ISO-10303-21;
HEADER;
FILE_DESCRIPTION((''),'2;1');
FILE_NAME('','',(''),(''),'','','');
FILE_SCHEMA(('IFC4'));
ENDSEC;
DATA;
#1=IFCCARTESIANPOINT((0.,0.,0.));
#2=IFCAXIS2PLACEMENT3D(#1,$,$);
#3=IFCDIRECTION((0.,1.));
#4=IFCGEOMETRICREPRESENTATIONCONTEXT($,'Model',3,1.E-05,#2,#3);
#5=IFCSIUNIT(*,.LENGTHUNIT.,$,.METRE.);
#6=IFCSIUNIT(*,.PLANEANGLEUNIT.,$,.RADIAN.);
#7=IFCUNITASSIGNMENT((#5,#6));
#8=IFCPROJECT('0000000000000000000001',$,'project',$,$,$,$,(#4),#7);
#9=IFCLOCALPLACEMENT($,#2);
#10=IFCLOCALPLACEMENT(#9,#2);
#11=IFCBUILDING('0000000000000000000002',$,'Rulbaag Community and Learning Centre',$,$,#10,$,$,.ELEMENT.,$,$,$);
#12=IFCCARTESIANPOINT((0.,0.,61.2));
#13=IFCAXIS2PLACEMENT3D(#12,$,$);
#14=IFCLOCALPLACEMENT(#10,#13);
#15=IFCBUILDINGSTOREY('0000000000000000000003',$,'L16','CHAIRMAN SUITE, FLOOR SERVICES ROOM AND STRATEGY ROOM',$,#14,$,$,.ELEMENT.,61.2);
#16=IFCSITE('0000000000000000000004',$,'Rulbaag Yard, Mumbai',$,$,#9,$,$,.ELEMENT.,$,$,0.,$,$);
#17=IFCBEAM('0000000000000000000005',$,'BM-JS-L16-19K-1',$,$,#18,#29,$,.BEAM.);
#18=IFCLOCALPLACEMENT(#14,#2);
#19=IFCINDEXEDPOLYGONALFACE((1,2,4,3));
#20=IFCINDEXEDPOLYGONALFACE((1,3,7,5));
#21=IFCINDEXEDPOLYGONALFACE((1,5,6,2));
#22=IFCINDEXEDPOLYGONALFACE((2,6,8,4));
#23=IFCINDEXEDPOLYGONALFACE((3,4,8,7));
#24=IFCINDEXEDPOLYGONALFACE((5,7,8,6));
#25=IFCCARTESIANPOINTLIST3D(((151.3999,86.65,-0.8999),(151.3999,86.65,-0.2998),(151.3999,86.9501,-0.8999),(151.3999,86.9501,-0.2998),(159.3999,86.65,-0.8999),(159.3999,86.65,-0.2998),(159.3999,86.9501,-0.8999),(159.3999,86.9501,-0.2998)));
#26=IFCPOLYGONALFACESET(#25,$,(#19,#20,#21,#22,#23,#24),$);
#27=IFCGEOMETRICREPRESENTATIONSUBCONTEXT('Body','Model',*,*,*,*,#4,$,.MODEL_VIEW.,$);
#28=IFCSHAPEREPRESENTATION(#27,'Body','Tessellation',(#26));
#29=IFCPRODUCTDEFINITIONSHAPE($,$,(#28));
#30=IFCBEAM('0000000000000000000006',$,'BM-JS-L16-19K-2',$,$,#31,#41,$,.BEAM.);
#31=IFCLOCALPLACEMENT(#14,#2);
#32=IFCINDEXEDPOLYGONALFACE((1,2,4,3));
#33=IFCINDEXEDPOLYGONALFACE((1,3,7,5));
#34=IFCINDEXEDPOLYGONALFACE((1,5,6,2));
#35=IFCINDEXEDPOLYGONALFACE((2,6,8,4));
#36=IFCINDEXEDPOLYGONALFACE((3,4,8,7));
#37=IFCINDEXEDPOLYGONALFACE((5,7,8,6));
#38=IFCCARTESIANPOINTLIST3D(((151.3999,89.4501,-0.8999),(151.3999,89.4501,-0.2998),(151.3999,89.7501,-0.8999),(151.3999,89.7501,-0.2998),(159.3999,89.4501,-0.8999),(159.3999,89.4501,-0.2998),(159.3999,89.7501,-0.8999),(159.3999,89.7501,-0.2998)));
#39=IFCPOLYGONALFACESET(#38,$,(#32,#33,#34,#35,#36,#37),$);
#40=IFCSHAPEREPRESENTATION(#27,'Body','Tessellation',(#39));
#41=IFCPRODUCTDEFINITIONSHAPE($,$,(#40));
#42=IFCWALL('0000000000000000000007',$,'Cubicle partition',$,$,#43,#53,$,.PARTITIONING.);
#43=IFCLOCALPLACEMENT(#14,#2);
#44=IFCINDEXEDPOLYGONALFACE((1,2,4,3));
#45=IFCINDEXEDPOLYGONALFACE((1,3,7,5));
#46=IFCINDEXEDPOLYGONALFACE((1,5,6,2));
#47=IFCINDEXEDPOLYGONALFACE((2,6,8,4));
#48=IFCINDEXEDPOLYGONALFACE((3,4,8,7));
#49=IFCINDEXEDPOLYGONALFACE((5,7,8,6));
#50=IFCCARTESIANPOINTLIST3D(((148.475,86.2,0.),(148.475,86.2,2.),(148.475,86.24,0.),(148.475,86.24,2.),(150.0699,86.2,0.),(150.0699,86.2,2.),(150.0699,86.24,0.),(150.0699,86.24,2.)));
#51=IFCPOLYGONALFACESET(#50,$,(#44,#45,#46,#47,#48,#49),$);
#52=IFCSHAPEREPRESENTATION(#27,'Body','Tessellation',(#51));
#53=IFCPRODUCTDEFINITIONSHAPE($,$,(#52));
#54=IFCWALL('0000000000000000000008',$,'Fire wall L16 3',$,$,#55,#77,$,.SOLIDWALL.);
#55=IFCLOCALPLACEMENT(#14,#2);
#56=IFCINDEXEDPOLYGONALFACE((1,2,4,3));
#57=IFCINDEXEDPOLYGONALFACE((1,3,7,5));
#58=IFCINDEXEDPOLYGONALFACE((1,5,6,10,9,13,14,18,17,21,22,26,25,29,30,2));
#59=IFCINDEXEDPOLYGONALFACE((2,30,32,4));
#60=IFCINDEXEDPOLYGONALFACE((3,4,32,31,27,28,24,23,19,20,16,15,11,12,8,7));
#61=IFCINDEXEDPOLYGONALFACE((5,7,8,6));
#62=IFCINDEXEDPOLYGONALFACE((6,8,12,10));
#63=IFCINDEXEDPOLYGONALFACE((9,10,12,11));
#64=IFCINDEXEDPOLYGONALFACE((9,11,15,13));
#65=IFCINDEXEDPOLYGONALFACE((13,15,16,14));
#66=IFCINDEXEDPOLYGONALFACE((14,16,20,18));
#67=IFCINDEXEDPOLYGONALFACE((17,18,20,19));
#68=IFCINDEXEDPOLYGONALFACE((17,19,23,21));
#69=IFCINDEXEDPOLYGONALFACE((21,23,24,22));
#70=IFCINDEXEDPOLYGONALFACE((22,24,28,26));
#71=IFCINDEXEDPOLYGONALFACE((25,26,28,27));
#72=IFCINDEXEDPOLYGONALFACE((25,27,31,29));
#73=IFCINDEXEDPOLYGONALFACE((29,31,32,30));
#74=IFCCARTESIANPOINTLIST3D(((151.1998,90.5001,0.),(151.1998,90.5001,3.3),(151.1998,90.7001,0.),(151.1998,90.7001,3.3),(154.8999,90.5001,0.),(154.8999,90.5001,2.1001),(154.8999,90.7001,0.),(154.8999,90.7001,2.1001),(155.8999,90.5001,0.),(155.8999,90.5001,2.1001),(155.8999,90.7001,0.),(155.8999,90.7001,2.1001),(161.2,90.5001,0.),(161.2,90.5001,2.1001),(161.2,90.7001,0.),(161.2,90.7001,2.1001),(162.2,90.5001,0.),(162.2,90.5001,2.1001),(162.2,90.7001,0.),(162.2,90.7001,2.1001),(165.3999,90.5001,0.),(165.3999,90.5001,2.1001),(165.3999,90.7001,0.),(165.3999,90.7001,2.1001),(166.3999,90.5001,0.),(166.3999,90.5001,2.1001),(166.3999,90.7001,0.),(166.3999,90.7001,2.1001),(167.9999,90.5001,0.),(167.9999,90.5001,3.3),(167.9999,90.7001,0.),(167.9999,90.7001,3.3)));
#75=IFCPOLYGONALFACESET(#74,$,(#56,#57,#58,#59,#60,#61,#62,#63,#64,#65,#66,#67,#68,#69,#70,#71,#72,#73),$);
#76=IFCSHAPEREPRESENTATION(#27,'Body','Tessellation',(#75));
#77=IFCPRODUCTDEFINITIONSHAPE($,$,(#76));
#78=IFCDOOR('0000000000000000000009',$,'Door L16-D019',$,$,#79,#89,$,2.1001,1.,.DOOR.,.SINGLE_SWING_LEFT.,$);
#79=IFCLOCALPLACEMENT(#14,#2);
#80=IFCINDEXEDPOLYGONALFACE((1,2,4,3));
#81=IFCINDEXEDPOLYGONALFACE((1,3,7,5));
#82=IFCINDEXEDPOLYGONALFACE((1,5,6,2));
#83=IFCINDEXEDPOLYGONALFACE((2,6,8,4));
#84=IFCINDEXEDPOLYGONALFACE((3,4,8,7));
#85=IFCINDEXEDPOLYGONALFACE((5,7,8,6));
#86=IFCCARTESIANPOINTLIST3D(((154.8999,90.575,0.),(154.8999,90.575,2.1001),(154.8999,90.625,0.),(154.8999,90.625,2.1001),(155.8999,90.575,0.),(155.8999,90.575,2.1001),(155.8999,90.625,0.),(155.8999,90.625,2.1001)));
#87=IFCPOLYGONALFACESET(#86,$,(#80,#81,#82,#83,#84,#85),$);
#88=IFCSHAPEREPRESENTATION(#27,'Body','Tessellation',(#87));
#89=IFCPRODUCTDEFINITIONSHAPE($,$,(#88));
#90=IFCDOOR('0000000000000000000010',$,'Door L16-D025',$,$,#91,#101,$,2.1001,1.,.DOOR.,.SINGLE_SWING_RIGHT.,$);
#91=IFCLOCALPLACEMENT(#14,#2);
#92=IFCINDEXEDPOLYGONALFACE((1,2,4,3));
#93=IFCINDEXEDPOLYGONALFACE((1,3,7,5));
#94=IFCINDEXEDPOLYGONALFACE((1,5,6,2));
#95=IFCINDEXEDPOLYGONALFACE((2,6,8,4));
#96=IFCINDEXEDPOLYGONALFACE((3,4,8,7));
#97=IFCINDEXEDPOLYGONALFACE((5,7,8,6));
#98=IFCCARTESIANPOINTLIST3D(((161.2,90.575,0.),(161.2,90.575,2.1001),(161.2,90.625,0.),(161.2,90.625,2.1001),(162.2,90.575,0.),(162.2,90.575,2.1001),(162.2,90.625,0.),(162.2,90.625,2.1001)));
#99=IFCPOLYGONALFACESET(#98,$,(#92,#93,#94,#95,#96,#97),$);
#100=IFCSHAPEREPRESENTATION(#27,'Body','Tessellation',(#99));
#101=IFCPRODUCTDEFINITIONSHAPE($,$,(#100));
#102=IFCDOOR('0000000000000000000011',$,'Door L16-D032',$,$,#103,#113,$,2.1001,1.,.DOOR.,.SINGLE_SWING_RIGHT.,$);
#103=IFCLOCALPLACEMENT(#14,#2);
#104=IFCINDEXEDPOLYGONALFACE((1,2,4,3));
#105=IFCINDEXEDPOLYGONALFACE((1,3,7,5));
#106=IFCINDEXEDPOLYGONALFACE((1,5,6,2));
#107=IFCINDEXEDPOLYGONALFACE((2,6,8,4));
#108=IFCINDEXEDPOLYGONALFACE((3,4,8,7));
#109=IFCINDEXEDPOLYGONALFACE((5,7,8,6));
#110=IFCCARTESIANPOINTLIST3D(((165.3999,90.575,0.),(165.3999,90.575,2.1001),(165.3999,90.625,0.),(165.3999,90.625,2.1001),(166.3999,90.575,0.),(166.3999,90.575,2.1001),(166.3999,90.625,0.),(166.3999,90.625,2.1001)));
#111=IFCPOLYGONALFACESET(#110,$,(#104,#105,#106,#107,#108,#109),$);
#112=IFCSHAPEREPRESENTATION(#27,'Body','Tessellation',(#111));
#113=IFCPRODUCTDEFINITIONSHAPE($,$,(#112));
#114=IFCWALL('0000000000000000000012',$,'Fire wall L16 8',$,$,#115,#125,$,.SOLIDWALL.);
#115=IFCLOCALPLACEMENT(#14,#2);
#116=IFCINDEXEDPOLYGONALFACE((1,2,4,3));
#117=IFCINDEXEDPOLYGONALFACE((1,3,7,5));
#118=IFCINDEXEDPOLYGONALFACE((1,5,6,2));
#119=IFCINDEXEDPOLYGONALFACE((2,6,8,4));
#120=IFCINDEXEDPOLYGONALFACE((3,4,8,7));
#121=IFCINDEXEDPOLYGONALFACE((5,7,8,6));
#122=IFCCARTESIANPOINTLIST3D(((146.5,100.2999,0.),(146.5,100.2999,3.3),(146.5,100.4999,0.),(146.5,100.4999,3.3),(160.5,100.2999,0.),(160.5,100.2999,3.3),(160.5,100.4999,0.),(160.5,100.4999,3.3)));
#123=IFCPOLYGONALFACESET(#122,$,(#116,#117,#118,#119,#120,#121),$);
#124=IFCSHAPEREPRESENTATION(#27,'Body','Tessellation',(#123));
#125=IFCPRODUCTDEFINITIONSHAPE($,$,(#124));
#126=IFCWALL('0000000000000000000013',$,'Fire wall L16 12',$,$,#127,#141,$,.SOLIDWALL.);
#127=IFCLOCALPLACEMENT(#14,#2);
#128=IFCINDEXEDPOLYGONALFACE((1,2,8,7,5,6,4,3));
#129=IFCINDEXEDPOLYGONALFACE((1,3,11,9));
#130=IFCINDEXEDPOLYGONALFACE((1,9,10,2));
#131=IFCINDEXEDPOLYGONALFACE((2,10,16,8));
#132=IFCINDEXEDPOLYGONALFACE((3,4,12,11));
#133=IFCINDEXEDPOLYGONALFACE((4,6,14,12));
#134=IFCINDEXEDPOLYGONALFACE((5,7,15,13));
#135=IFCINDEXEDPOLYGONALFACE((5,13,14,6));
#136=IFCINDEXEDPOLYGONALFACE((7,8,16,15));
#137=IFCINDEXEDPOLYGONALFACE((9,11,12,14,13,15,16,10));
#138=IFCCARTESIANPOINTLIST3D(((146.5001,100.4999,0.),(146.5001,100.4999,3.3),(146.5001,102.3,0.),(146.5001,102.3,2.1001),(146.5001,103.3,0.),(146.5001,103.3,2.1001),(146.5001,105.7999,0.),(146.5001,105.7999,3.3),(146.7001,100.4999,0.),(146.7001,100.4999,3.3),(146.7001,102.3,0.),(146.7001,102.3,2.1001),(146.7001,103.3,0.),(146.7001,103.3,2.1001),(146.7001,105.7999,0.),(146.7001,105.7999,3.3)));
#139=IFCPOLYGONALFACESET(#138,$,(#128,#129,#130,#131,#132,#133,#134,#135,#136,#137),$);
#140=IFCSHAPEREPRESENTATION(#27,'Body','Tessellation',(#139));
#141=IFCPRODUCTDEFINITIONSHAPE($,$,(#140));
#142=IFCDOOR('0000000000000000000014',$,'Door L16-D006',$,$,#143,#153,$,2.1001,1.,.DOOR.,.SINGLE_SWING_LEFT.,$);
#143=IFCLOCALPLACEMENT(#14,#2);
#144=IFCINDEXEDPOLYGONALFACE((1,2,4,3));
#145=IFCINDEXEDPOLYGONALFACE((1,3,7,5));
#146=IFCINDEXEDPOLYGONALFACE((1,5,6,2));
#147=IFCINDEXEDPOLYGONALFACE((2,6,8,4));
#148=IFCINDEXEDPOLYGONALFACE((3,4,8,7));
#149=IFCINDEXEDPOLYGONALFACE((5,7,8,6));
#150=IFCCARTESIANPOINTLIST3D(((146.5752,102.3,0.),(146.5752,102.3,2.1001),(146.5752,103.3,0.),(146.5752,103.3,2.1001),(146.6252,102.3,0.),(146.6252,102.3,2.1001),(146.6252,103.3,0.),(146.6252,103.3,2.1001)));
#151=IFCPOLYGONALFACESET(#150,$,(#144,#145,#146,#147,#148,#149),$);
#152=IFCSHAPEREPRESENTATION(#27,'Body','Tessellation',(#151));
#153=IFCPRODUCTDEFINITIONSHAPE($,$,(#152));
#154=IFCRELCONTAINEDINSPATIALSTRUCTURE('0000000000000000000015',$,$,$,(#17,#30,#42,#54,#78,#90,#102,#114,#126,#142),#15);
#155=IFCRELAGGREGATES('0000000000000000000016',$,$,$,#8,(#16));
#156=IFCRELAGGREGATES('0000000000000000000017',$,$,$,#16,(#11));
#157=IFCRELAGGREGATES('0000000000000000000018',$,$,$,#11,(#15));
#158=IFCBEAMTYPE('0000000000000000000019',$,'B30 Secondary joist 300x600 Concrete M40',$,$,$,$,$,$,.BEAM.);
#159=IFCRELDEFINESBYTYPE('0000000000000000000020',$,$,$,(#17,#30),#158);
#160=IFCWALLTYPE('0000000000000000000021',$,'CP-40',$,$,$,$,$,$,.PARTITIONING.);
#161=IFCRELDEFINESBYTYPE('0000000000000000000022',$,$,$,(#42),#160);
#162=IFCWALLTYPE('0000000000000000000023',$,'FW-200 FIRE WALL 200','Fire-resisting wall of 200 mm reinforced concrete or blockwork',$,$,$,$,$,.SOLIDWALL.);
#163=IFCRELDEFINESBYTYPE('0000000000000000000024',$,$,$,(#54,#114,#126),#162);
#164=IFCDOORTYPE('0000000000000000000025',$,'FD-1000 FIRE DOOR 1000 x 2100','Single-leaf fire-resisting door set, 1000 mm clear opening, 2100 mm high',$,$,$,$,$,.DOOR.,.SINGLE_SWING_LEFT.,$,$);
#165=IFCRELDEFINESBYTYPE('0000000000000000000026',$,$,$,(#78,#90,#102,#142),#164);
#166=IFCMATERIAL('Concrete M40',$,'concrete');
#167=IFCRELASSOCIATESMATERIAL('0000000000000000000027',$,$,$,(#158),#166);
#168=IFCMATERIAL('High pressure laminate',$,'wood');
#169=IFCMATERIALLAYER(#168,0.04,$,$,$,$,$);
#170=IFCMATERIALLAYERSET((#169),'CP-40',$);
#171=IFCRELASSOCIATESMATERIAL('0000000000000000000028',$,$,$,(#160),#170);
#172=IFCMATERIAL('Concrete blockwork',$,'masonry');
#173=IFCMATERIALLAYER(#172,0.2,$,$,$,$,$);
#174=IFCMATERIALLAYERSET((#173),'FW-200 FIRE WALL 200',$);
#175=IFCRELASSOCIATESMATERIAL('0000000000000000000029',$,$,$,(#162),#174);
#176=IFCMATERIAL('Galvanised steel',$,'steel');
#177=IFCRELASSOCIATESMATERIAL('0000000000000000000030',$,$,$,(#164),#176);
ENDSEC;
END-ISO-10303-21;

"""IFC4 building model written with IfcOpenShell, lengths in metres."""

from ifc_helpers import new_model, si_unit, direction, frame, frame_2d, origin, origin_2d, place, context, subcontext, project, spatial, rectangle, extrude, material, layer, layer_set, material_profile, profile_set, type_object, element, fill, save


model = new_model("IFC4")

# Units and contexts
model_context = context("Model", 3, precision=1e-05, world=origin(), true_north=direction((0.0, 1.0)))
body_context = subcontext(model_context, "Body", "Model", "MODEL_VIEW")
ifc_project = project(units=[si_unit("LENGTHUNIT", "METRE"), si_unit("PLANEANGLEUNIT", "RADIAN")], contexts=[model_context])

# Site, building, storey
site_placement = place(None, origin())
site = spatial("IfcSite", under=ifc_project, at=site_placement, Name="Rulbaag Yard, Mumbai", CompositionType="ELEMENT", RefElevation=0.0)
building_placement = place(site_placement, origin())
building = spatial("IfcBuilding", under=site, at=building_placement, Name="Rulbaag Community and Learning Centre", CompositionType="ELEMENT")
storey_placement = place(building_placement, frame((0.0, 0.0, 61.2)))
storey = spatial("IfcBuildingStorey", under=building, at=storey_placement, Name="L16", Description="CHAIRMAN SUITE, FLOOR SERVICES ROOM AND STRATEGY ROOM", CompositionType="ELEMENT", Elevation=61.2)

# Beams
ifc_material_1 = material(Name="Concrete M40", Category="concrete")
ifc_material_profile = material_profile(ifc_material_1, rectangle(XDim=0.3, YDim=0.6001, at=origin_2d()), Name="RB300x600")
ifc_profile_set = profile_set([ifc_material_profile], Name="Concrete M40")
beam_type = type_object("IfcBeamType", Name="B30 Secondary joist 300x600 Concrete M40", PredefinedType="BEAM", material=ifc_profile_set)
for number, where, z_axis, x_axis, name in (
    (1, (151.3999, 86.8, -0.5999), (1.0, 0.0, 0.0), (0.0, 1.0, 0.0), "BM-JS-L16-19K-1"),
    (2, (151.3999, 89.6001, -0.5999), (1.0, 0.0, 0.0), (0.0, 1.0, 0.0), "BM-JS-L16-19K-2"),
):
    element("IfcBeam", number, at=place(storey_placement, frame(where, z_axis=z_axis, x_axis=x_axis)), inside=storey, type_object=beam_type, Name=name, PredefinedType="BEAM", context=body_context, shape_type="SweptSolid", body=[
        extrude(rectangle(XDim=0.3, YDim=0.6001, at=origin_2d()), origin(), (0.0, 0.0, 1.0), 8.0),
    ])

# Wall
ifc_material_2 = material(Name="High pressure laminate", Category="wood")
ifc_layer_1 = layer(ifc_material_2, 0.04)
ifc_layer_set_1 = layer_set([ifc_layer_1], Name="CP-40")
wall_type_1 = type_object("IfcWallType", Name="CP-40", PredefinedType="PARTITIONING", material=ifc_layer_set_1)
wall_1_placement = place(storey_placement, frame((148.4751, 86.22, 0.0), z_axis=(0.0, 0.0, 1.0), x_axis=(1.0, 0.0, 0.0)))
element("IfcWall", 3, at=wall_1_placement, inside=storey, type_object=wall_type_1, Name="Cubicle partition", PredefinedType="PARTITIONING", context=body_context, shape_type="SweptSolid", body=[
    extrude(rectangle(XDim=1.595, YDim=0.04, at=frame_2d((0.7974, 0.0))), origin(), (0.0, 0.0, 1.0), 2.0),
])

# Wall, openings, doors
ifc_material_3 = material(Name="Concrete blockwork", Category="masonry")
ifc_layer_2 = layer(ifc_material_3, 0.2)
ifc_layer_set_2 = layer_set([ifc_layer_2], Name="FW-200 FIRE WALL 200")
wall_type_2 = type_object("IfcWallType", Name="FW-200 FIRE WALL 200", Description="Fire-resisting wall of 200 mm reinforced concrete or blockwork", PredefinedType="SOLIDWALL", material=ifc_layer_set_2)
wall_2_placement = place(storey_placement, frame((151.2, 90.6001, 0.0), z_axis=(0.0, 0.0, 1.0), x_axis=(1.0, 0.0, 0.0)))
wall_2 = element("IfcWall", 4, at=wall_2_placement, inside=storey, type_object=wall_type_2, Name="Fire wall L16 3", PredefinedType="SOLIDWALL", context=body_context, shape_type="SweptSolid", body=[
    extrude(rectangle(XDim=16.8, YDim=0.2, at=frame_2d((8.3999, 0.0))), origin(), (0.0, 0.0, 1.0), 3.3),
])
opening_1_placement = place(wall_2_placement, frame((3.7, 0.0, 0.0)))
opening_1 = element("IfcOpeningElement", 5, at=opening_1_placement, cuts=wall_2, PredefinedType="OPENING", context=body_context, shape_type="SweptSolid", body=[
    extrude(rectangle(XDim=1.0, YDim=2.1001, at=frame_2d((0.5, 1.05))), frame((0.0, 0.1099, 0.0), z_axis=(0.0, -1.0, 0.0), x_axis=(1.0, 0.0, 0.0)), (0.0, 0.0, 1.0), 0.22),
])
opening_2_placement = place(wall_2_placement, frame((10.0, 0.0, 0.0)))
opening_2 = element("IfcOpeningElement", 6, at=opening_2_placement, cuts=wall_2, PredefinedType="OPENING", context=body_context, shape_type="SweptSolid", body=[
    extrude(rectangle(XDim=1.0, YDim=2.1001, at=frame_2d((0.5, 1.05))), frame((0.0, 0.1099, 0.0), z_axis=(0.0, -1.0, 0.0), x_axis=(1.0, 0.0, 0.0)), (0.0, 0.0, 1.0), 0.22),
])
opening_3_placement = place(wall_2_placement, frame((14.2, 0.0, 0.0)))
opening_3 = element("IfcOpeningElement", 7, at=opening_3_placement, cuts=wall_2, PredefinedType="OPENING", context=body_context, shape_type="SweptSolid", body=[
    extrude(rectangle(XDim=1.0, YDim=2.1001, at=frame_2d((0.5, 1.05))), frame((0.0, 0.1099, 0.0), z_axis=(0.0, -1.0, 0.0), x_axis=(1.0, 0.0, 0.0)), (0.0, 0.0, 1.0), 0.22),
])
ifc_material_4 = material(Name="Galvanised steel", Category="steel")
door_type_1 = type_object("IfcDoorType", Name="FD-1000 FIRE DOOR 1000 x 2100", Description="Single-leaf fire-resisting door set, 1000 mm clear opening, 2100 mm high", OperationType="SINGLE_SWING_LEFT", PredefinedType="DOOR", material=ifc_material_4)
door_1_placement = place(opening_1_placement, origin())
door_1 = element("IfcDoor", 8, at=door_1_placement, inside=storey, type_object=door_type_1, Name="Door L16-D019", OperationType="SINGLE_SWING_LEFT", OverallHeight=2.1001, OverallWidth=1.0, PredefinedType="DOOR", context=body_context, shape_type="SweptSolid", body=[
    extrude(rectangle(XDim=1.0, YDim=2.1001, at=frame_2d((0.5, 1.05))), frame((0.0, 0.0249, 0.0), z_axis=(0.0, -1.0, 0.0), x_axis=(1.0, 0.0, 0.0)), (0.0, 0.0, 1.0), 0.05),
])
fill(opening_1, door_1)
door_2_placement = place(opening_2_placement, origin())
door_2 = element("IfcDoor", 9, at=door_2_placement, inside=storey, type_object=door_type_1, Name="Door L16-D025", OperationType="SINGLE_SWING_RIGHT", OverallHeight=2.1001, OverallWidth=1.0, PredefinedType="DOOR", context=body_context, shape_type="SweptSolid", body=[
    extrude(rectangle(XDim=1.0, YDim=2.1001, at=frame_2d((0.5, 1.05))), frame((0.0, 0.0249, 0.0), z_axis=(0.0, -1.0, 0.0), x_axis=(1.0, 0.0, 0.0)), (0.0, 0.0, 1.0), 0.05),
])
fill(opening_2, door_2)
door_3_placement = place(opening_3_placement, origin())
door_3 = element("IfcDoor", 10, at=door_3_placement, inside=storey, type_object=door_type_1, Name="Door L16-D032", OperationType="SINGLE_SWING_RIGHT", OverallHeight=2.1001, OverallWidth=1.0, PredefinedType="DOOR", context=body_context, shape_type="SweptSolid", body=[
    extrude(rectangle(XDim=1.0, YDim=2.1001, at=frame_2d((0.5, 1.05))), frame((0.0, 0.0249, 0.0), z_axis=(0.0, -1.0, 0.0), x_axis=(1.0, 0.0, 0.0)), (0.0, 0.0, 1.0), 0.05),
])
fill(opening_3, door_3)

# Wall
wall_3_placement = place(storey_placement, frame((146.5, 100.3999, 0.0), z_axis=(0.0, 0.0, 1.0), x_axis=(1.0, 0.0, 0.0)))
element("IfcWall", 11, at=wall_3_placement, inside=storey, type_object=wall_type_2, Name="Fire wall L16 8", PredefinedType="SOLIDWALL", context=body_context, shape_type="SweptSolid", body=[
    extrude(rectangle(XDim=14.0, YDim=0.2, at=frame_2d((7.0, 0.0))), origin(), (0.0, 0.0, 1.0), 3.3),
])

# Wall, opening, door
wall_4_placement = place(storey_placement, frame((146.6001, 100.5, 0.0), z_axis=(0.0, 0.0, 1.0), x_axis=(0.0, 1.0, 0.0)))
wall_4 = element("IfcWall", 12, at=wall_4_placement, inside=storey, type_object=wall_type_2, Name="Fire wall L16 12", PredefinedType="SOLIDWALL", context=body_context, shape_type="SweptSolid", body=[
    extrude(rectangle(XDim=5.3, YDim=0.2, at=frame_2d((2.6499, 0.0))), origin(), (0.0, 0.0, 1.0), 3.3),
])
opening_4_placement = place(wall_4_placement, frame((1.8, 0.0, 0.0)))
opening_4 = element("IfcOpeningElement", 13, at=opening_4_placement, cuts=wall_4, PredefinedType="OPENING", context=body_context, shape_type="SweptSolid", body=[
    extrude(rectangle(XDim=1.0, YDim=2.1001, at=frame_2d((0.5, 1.05))), frame((0.0, 0.1099, 0.0), z_axis=(0.0, -1.0, 0.0), x_axis=(1.0, 0.0, 0.0)), (0.0, 0.0, 1.0), 0.22),
])
door_4_placement = place(opening_4_placement, origin())
door_4 = element("IfcDoor", 14, at=door_4_placement, inside=storey, type_object=door_type_1, Name="Door L16-D006", OperationType="SINGLE_SWING_LEFT", OverallHeight=2.1001, OverallWidth=1.0, PredefinedType="DOOR", context=body_context, shape_type="SweptSolid", body=[
    extrude(rectangle(XDim=1.0, YDim=2.1001, at=frame_2d((0.5, 1.05))), frame((0.0, 0.0249, 0.0), z_axis=(0.0, -1.0, 0.0), x_axis=(1.0, 0.0, 0.0)), (0.0, 0.0, 1.0), 0.05),
])
fill(opening_4, door_4)

save(model, "model.ifc")
